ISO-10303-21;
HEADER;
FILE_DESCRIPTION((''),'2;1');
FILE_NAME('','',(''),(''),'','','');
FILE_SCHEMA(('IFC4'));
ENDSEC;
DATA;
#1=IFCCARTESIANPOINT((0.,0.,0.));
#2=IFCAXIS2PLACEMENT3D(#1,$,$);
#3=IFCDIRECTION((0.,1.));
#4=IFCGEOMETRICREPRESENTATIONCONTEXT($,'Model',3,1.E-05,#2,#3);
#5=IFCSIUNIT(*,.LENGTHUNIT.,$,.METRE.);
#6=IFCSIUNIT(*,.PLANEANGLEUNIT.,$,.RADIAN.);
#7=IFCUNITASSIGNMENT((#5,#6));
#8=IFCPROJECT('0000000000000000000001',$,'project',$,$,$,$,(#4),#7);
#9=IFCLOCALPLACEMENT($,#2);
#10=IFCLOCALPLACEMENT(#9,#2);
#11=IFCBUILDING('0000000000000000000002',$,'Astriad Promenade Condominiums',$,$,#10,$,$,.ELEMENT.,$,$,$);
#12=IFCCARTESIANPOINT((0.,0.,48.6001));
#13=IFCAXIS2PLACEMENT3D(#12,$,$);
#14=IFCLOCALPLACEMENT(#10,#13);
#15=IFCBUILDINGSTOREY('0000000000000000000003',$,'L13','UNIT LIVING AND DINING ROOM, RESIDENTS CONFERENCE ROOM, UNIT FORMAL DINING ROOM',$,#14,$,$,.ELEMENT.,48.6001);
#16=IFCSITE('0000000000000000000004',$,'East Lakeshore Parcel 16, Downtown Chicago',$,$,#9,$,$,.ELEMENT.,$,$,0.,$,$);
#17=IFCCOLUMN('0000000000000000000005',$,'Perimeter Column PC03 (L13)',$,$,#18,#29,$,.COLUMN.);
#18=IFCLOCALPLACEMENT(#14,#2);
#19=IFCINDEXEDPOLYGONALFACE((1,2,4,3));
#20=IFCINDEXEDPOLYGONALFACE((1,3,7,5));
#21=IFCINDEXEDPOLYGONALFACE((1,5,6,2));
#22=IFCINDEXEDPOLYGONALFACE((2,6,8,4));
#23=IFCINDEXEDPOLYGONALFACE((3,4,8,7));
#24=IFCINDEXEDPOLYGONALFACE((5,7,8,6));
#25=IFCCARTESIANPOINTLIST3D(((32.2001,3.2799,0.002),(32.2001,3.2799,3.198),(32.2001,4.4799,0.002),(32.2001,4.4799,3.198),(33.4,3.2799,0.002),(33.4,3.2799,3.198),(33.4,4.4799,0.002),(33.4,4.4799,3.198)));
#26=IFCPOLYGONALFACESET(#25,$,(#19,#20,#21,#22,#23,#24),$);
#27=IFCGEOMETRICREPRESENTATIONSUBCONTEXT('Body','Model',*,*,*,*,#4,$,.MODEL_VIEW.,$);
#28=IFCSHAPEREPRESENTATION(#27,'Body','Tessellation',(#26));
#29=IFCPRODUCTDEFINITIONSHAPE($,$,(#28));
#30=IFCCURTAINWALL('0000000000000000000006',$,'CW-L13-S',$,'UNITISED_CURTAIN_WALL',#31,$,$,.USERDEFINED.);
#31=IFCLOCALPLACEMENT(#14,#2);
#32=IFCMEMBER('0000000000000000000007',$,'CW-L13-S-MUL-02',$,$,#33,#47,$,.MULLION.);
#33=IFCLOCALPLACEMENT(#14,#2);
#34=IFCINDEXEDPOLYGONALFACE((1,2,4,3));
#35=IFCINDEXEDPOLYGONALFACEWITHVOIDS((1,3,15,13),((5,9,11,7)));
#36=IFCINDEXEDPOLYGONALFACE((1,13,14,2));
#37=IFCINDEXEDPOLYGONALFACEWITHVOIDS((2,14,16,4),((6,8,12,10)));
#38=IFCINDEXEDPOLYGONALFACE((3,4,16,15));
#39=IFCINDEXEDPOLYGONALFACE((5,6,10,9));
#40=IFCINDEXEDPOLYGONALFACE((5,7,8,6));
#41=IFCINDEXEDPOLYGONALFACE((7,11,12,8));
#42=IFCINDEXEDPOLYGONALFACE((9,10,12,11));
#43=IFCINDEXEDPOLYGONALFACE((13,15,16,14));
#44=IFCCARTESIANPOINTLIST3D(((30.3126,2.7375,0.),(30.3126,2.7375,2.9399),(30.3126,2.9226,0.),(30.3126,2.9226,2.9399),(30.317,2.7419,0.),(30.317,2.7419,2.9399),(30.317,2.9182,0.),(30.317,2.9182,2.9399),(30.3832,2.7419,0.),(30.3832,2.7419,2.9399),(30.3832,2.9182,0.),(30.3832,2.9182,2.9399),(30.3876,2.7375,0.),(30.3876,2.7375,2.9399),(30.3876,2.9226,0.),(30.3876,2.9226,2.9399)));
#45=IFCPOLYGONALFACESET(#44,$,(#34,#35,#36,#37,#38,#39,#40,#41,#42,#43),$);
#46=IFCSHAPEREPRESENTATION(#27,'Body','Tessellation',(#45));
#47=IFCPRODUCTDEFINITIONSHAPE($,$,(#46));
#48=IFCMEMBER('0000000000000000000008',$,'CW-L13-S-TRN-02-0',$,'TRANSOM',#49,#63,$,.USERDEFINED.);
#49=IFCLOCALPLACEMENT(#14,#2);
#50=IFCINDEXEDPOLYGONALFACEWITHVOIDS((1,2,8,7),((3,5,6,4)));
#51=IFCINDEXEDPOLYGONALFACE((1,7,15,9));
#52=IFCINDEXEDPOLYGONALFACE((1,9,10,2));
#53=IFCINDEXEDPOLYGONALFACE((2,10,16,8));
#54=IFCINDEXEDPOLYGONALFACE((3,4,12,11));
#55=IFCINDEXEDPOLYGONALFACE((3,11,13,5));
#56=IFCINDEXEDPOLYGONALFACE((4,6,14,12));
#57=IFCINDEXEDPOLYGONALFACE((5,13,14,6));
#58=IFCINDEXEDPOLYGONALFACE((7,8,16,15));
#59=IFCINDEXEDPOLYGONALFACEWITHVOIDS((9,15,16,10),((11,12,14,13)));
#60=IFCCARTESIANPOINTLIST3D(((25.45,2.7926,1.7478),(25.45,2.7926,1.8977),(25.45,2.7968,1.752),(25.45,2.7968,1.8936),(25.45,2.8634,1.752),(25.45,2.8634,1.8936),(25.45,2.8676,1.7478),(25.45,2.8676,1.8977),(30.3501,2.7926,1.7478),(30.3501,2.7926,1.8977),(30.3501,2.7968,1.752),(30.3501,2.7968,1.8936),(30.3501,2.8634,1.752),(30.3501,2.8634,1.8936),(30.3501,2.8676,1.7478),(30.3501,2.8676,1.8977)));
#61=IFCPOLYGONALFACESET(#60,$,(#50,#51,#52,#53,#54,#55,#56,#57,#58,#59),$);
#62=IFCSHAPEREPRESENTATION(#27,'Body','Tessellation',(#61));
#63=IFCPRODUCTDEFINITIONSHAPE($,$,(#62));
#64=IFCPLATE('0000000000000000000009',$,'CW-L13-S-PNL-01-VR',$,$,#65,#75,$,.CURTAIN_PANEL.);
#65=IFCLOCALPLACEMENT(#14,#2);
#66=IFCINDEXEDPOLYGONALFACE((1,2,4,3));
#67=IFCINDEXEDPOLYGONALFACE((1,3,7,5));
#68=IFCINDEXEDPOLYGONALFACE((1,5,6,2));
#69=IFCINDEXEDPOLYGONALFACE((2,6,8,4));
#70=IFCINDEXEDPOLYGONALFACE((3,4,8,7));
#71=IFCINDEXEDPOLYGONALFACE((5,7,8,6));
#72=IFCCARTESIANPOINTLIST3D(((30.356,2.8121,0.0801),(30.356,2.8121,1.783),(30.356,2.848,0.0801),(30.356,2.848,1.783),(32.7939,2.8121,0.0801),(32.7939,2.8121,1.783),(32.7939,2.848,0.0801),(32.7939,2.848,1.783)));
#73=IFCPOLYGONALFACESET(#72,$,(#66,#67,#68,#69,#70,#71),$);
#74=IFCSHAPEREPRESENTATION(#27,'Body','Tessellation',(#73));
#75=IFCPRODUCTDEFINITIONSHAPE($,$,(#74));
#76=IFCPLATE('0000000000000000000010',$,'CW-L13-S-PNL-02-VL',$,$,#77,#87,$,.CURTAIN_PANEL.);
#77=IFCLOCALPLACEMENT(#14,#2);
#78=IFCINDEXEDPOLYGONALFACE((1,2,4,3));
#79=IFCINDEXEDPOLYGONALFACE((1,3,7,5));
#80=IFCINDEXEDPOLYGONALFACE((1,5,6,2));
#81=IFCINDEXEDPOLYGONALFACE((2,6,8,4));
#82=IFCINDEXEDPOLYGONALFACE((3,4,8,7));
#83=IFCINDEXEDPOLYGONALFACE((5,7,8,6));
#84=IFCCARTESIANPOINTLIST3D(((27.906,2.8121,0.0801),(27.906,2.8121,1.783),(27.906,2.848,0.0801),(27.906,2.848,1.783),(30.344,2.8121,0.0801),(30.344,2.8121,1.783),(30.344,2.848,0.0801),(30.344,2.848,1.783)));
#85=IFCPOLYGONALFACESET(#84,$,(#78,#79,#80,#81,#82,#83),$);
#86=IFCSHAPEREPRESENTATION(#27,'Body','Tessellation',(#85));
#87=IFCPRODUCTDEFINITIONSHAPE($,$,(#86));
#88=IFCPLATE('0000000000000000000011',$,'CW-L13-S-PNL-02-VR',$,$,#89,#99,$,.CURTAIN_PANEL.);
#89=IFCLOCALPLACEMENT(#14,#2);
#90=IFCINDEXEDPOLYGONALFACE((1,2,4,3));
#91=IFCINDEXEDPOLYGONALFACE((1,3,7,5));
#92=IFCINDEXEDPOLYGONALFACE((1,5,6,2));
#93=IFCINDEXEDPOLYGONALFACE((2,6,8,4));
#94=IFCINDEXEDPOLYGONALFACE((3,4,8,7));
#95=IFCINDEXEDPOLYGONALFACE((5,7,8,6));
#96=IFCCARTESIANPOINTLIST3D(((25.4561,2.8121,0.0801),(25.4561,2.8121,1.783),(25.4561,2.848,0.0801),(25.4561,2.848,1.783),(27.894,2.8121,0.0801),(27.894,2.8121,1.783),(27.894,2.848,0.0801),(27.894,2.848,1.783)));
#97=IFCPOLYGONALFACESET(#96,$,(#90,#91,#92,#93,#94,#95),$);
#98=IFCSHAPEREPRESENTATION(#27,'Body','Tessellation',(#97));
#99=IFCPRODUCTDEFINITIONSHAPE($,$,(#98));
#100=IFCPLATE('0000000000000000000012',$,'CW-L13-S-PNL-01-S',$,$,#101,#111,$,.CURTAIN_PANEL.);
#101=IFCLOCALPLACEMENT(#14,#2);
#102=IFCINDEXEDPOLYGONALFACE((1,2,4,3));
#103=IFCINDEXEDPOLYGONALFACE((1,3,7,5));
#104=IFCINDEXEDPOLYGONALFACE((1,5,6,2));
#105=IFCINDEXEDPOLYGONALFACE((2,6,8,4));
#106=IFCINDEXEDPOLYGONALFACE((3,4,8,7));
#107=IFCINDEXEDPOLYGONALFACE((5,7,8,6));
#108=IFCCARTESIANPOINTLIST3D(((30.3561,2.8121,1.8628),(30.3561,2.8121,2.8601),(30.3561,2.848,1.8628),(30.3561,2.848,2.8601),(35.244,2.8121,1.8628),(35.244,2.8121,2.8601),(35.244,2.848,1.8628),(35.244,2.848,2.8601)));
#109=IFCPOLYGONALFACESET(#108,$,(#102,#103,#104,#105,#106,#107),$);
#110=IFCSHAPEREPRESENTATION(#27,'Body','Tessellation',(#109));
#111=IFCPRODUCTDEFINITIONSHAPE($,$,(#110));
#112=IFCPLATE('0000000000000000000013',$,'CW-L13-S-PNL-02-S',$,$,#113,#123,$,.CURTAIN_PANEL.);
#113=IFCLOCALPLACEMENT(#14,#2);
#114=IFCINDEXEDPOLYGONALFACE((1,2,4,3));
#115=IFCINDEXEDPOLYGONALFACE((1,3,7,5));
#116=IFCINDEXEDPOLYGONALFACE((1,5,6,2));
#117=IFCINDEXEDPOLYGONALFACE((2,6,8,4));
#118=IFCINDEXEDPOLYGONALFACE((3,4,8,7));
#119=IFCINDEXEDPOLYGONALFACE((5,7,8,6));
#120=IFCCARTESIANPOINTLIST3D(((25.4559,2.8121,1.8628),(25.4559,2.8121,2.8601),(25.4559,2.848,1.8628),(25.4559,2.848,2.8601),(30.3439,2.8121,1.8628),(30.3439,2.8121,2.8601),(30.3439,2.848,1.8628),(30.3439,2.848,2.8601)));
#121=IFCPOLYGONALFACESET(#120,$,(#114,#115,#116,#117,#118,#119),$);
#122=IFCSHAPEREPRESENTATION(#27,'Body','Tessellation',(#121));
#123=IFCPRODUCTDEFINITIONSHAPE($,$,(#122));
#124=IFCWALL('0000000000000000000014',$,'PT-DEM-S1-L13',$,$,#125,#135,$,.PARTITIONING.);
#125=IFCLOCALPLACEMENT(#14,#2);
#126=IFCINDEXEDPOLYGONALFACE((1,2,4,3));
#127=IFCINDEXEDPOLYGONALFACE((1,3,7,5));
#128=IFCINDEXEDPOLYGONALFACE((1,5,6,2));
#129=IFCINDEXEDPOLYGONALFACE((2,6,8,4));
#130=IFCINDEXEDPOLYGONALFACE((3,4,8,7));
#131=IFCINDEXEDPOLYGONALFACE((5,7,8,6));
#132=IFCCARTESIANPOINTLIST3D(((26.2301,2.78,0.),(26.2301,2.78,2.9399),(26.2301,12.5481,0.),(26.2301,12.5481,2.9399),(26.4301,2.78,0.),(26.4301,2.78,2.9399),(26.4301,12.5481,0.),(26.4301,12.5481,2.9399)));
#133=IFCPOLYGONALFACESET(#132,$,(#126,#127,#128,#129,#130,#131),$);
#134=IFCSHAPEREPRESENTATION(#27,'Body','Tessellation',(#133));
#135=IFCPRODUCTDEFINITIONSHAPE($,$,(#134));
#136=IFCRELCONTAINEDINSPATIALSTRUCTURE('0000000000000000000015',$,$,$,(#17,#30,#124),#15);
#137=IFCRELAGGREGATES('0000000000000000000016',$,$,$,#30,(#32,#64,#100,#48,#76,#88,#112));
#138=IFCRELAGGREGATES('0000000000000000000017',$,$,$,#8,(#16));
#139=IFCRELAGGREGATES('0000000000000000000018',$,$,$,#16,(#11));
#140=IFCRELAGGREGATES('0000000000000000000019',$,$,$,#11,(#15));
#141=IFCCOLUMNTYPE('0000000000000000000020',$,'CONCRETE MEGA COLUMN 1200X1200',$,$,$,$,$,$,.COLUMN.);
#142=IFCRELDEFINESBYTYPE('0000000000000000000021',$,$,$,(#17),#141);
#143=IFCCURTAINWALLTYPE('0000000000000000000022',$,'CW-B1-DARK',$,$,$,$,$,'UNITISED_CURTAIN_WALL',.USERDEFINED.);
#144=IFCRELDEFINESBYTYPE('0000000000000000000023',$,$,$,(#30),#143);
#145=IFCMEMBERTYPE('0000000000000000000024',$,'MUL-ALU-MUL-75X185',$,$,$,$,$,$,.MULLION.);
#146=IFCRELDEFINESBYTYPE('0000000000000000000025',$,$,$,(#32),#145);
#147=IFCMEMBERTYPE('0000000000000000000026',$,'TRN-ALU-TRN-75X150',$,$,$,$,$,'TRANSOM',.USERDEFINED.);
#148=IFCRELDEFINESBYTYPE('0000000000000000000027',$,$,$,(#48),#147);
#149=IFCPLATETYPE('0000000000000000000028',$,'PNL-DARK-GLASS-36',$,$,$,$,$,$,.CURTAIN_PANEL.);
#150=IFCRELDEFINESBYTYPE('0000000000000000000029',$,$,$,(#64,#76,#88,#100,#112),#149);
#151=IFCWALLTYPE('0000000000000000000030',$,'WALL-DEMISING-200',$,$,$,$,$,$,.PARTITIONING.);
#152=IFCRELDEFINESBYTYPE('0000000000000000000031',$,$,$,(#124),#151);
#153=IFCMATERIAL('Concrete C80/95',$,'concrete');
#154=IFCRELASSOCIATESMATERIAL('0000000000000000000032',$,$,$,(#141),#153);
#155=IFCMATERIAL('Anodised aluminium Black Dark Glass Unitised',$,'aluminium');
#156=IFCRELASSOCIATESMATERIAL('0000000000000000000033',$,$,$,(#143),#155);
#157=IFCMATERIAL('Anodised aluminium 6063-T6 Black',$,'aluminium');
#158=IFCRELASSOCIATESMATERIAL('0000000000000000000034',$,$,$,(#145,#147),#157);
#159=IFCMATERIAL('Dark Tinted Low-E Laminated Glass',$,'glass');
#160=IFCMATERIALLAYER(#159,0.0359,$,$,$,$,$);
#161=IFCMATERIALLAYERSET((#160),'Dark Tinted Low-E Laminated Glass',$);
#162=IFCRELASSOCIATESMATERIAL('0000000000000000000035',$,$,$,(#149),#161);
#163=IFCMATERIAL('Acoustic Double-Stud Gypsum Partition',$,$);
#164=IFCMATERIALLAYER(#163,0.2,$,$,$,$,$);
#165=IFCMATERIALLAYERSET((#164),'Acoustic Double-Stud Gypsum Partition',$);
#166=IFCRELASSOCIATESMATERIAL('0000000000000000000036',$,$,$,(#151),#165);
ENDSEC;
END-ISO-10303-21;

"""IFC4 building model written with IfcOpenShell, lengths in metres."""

from ifc_helpers import new_model, si_unit, direction, frame, frame_2d, origin, origin_2d, place, context, subcontext, project, spatial, rectangle, hollow_rectangle, extrude, source, transform, mapped, material, layer, layer_set, material_profile, profile_set, type_object, type_shapes, element, aggregate, save


model = new_model("IFC4")

# Units and contexts
model_context = context("Model", 3, precision=1e-05, world=origin(), true_north=direction((0.0, 1.0)))
body_context = subcontext(model_context, "Body", "Model", "MODEL_VIEW")
ifc_project = project(units=[si_unit("LENGTHUNIT", "METRE"), si_unit("PLANEANGLEUNIT", "RADIAN")], contexts=[model_context])

# Site, building, storey
site_placement = place(None, origin())
site = spatial("IfcSite", under=ifc_project, at=site_placement, Name="East Lakeshore Parcel 16, Downtown Chicago", CompositionType="ELEMENT", RefElevation=0.0)
building_placement = place(site_placement, origin())
building = spatial("IfcBuilding", under=site, at=building_placement, Name="Astriad Promenade Condominiums", CompositionType="ELEMENT")
storey_placement = place(building_placement, frame((0.0, 0.0, 48.6001)))
storey = spatial("IfcBuildingStorey", under=building, at=storey_placement, Name="L13", Description="UNIT LIVING AND DINING ROOM, RESIDENTS CONFERENCE ROOM, UNIT FORMAL DINING ROOM", CompositionType="ELEMENT", Elevation=48.6001)

# Column
ifc_material_1 = material(Name="Concrete C80/95", Category="concrete")
ifc_material_profile_1 = material_profile(ifc_material_1, rectangle(XDim=1.2, YDim=1.2, at=origin_2d()), Name="RC-COL-1200X1200")
ifc_profile_set_1 = profile_set([ifc_material_profile_1], Name="Concrete C80/95")
column_type = type_object("IfcColumnType", Name="CONCRETE MEGA COLUMN 1200X1200", PredefinedType="COLUMN", material=ifc_profile_set_1)
shared_shape_1 = source(origin(), body_context, "Body", "SweptSolid", [
    extrude(rectangle(XDim=1.2, YDim=1.2, at=origin_2d()), origin(), (0.0, 0.0, 1.0), 3.196),
])
type_shapes(column_type, [shared_shape_1])
column_placement = place(storey_placement, frame((32.8, 3.8799, 0.002), z_axis=(0.0, 0.0, 1.0), x_axis=(1.0, 0.0, 0.0)))
element("IfcColumn", 1, at=column_placement, inside=storey, type_object=column_type, Name="Perimeter Column PC03 (L13)", PredefinedType="COLUMN", context=body_context, shape_type="MappedRepresentation", body=[
    mapped(shared_shape_1, transform((0.0, 0.0, 0.0), scale=1.0)),
])

# Curtain wall, members, plates
ifc_material_2 = material(Name="Anodised aluminium Black Dark Glass Unitised", Category="aluminium")
curtain_wall_type = type_object("IfcCurtainWallType", Name="CW-B1-DARK", ElementType="UNITISED_CURTAIN_WALL", PredefinedType="USERDEFINED", material=ifc_material_2)
curtain_wall_placement = place(storey_placement, origin())
curtain_wall = element("IfcCurtainWall", 2, at=curtain_wall_placement, inside=storey, type_object=curtain_wall_type, Name="CW-L13-S", ObjectType="UNITISED_CURTAIN_WALL", PredefinedType="USERDEFINED")
ifc_material_3 = material(Name="Anodised aluminium 6063-T6 Black", Category="aluminium")
ifc_material_profile_2 = material_profile(ifc_material_3, hollow_rectangle(XDim=0.075, YDim=0.1851, WallThickness=0.0044, at=origin_2d()), Name="ALU-MUL-75X185")
ifc_profile_set_2 = profile_set([ifc_material_profile_2], Name="Anodised aluminium 6063-T6 Black")
member_type_1 = type_object("IfcMemberType", Name="MUL-ALU-MUL-75X185", PredefinedType="MULLION", material=ifc_profile_set_2)
shared_shape_2 = source(origin(), body_context, "Body", "SweptSolid", [
    extrude(hollow_rectangle(XDim=0.075, YDim=0.1851, WallThickness=0.0044, at=origin_2d()), origin(), (0.0, 0.0, 1.0), 2.9399),
])
type_shapes(member_type_1, [shared_shape_2])
member_1_placement = place(storey_placement, frame((30.3501, 2.8301, 0.0), z_axis=(0.0, 0.0, 1.0), x_axis=(1.0, 0.0, 0.0)))
member_1 = element("IfcMember", 3, at=member_1_placement, type_object=member_type_1, Name="CW-L13-S-MUL-02", PredefinedType="MULLION", context=body_context, shape_type="MappedRepresentation", body=[
    mapped(shared_shape_2, transform((0.0, 0.0, 0.0), scale=1.0)),
])
ifc_material_profile_3 = material_profile(ifc_material_3, hollow_rectangle(XDim=0.075, YDim=0.1499, WallThickness=0.0042, at=origin_2d()), Name="ALU-TRN-75X150")
ifc_profile_set_3 = profile_set([ifc_material_profile_3], Name="Anodised aluminium 6063-T6 Black")
member_type_2 = type_object("IfcMemberType", Name="TRN-ALU-TRN-75X150", ElementType="TRANSOM", PredefinedType="USERDEFINED", material=ifc_profile_set_3)
shared_shape_3 = source(origin(), body_context, "Body", "SweptSolid", [
    extrude(hollow_rectangle(XDim=0.075, YDim=0.1499, WallThickness=0.0042, at=origin_2d()), origin(), (0.0, 0.0, 1.0), 4.9001),
])
type_shapes(member_type_2, [shared_shape_3])
member_2_placement = place(storey_placement, frame((30.3501, 2.8301, 1.8228), z_axis=(-1.0, 0.0, 0.0), x_axis=(0.0, -1.0, 0.0)))
member_2 = element("IfcMember", 4, at=member_2_placement, type_object=member_type_2, Name="CW-L13-S-TRN-02-0", ObjectType="TRANSOM", PredefinedType="USERDEFINED", context=body_context, shape_type="MappedRepresentation", body=[
    mapped(shared_shape_3, transform((0.0, 0.0, 0.0), scale=1.0)),
])
ifc_material_4 = material(Name="Dark Tinted Low-E Laminated Glass", Category="glass")
ifc_layer_1 = layer(ifc_material_4, 0.0359)
ifc_layer_set_1 = layer_set([ifc_layer_1], Name="Dark Tinted Low-E Laminated Glass")
plate_type = type_object("IfcPlateType", Name="PNL-DARK-GLASS-36", PredefinedType="CURTAIN_PANEL", material=ifc_layer_set_1)
shared_shape_4 = source(origin(), body_context, "Body", "SweptSolid", [
    extrude(rectangle(XDim=2.438, YDim=0.0359, at=origin_2d()), origin(), (0.0, 0.0, 1.0), 1.7029),
])
plate_1_placement = place(storey_placement, frame((31.575, 2.8301, 0.0801), z_axis=(0.0, 0.0, 1.0), x_axis=(-1.0, 0.0, 0.0)))
plate_1 = element("IfcPlate", 5, at=plate_1_placement, type_object=plate_type, Name="CW-L13-S-PNL-01-VR", PredefinedType="CURTAIN_PANEL", context=body_context, shape_type="MappedRepresentation", body=[
    mapped(shared_shape_4, transform((0.0, 0.0, 0.0), scale=1.0)),
])
plate_2_placement = place(storey_placement, frame((29.125, 2.8301, 0.0801), z_axis=(0.0, 0.0, 1.0), x_axis=(-1.0, 0.0, 0.0)))
plate_2 = element("IfcPlate", 6, at=plate_2_placement, type_object=plate_type, Name="CW-L13-S-PNL-02-VL", PredefinedType="CURTAIN_PANEL", context=body_context, shape_type="MappedRepresentation", body=[
    mapped(shared_shape_4, transform((0.0, 0.0, 0.0), scale=1.0)),
])
plate_3_placement = place(storey_placement, frame((26.675, 2.8301, 0.0801), z_axis=(0.0, 0.0, 1.0), x_axis=(-1.0, 0.0, 0.0)))
plate_3 = element("IfcPlate", 7, at=plate_3_placement, type_object=plate_type, Name="CW-L13-S-PNL-02-VR", PredefinedType="CURTAIN_PANEL", context=body_context, shape_type="MappedRepresentation", body=[
    mapped(shared_shape_4, transform((0.0, 0.0, 0.0), scale=1.0)),
])
shared_shape_5 = source(origin(), body_context, "Body", "SweptSolid", [
    extrude(rectangle(XDim=4.8879, YDim=0.0359, at=origin_2d()), origin(), (0.0, 0.0, 1.0), 0.9973),
])
type_shapes(plate_type, [shared_shape_4, shared_shape_5])
plate_4_placement = place(storey_placement, frame((32.8, 2.8301, 1.8628), z_axis=(0.0, 0.0, 1.0), x_axis=(-1.0, 0.0, 0.0)))
plate_4 = element("IfcPlate", 8, at=plate_4_placement, type_object=plate_type, Name="CW-L13-S-PNL-01-S", PredefinedType="CURTAIN_PANEL", context=body_context, shape_type="MappedRepresentation", body=[
    mapped(shared_shape_5, transform((0.0, 0.0, 0.0), scale=1.0)),
])
plate_5_placement = place(storey_placement, frame((27.8999, 2.8301, 1.8628), z_axis=(0.0, 0.0, 1.0), x_axis=(-1.0, 0.0, 0.0)))
plate_5 = element("IfcPlate", 9, at=plate_5_placement, type_object=plate_type, Name="CW-L13-S-PNL-02-S", PredefinedType="CURTAIN_PANEL", context=body_context, shape_type="MappedRepresentation", body=[
    mapped(shared_shape_5, transform((0.0, 0.0, 0.0), scale=1.0)),
])
aggregate(curtain_wall, [member_1, plate_1, plate_4, member_2, plate_2, plate_3, plate_5])

# Wall
ifc_material_5 = material(Name="Acoustic Double-Stud Gypsum Partition")
ifc_layer_2 = layer(ifc_material_5, 0.2)
ifc_layer_set_2 = layer_set([ifc_layer_2], Name="Acoustic Double-Stud Gypsum Partition")
wall_type_1 = type_object("IfcWallType", Name="WALL-DEMISING-200", PredefinedType="PARTITIONING", material=ifc_layer_set_2)
wall_1_placement = place(storey_placement, frame((26.3301, 2.78, 0.0), z_axis=(0.0, 0.0, 1.0), x_axis=(0.0, 1.0, 0.0)))
element("IfcWall", 10, at=wall_1_placement, inside=storey, type_object=wall_type_1, Name="PT-DEM-S1-L13", PredefinedType="PARTITIONING", context=body_context, shape_type="SweptSolid", body=[
    extrude(rectangle(XDim=9.7681, YDim=0.2, at=frame_2d((4.884, 0.0))), origin(), (0.0, 0.0, 1.0), 2.9399),
])

save(model, "model.ifc")
